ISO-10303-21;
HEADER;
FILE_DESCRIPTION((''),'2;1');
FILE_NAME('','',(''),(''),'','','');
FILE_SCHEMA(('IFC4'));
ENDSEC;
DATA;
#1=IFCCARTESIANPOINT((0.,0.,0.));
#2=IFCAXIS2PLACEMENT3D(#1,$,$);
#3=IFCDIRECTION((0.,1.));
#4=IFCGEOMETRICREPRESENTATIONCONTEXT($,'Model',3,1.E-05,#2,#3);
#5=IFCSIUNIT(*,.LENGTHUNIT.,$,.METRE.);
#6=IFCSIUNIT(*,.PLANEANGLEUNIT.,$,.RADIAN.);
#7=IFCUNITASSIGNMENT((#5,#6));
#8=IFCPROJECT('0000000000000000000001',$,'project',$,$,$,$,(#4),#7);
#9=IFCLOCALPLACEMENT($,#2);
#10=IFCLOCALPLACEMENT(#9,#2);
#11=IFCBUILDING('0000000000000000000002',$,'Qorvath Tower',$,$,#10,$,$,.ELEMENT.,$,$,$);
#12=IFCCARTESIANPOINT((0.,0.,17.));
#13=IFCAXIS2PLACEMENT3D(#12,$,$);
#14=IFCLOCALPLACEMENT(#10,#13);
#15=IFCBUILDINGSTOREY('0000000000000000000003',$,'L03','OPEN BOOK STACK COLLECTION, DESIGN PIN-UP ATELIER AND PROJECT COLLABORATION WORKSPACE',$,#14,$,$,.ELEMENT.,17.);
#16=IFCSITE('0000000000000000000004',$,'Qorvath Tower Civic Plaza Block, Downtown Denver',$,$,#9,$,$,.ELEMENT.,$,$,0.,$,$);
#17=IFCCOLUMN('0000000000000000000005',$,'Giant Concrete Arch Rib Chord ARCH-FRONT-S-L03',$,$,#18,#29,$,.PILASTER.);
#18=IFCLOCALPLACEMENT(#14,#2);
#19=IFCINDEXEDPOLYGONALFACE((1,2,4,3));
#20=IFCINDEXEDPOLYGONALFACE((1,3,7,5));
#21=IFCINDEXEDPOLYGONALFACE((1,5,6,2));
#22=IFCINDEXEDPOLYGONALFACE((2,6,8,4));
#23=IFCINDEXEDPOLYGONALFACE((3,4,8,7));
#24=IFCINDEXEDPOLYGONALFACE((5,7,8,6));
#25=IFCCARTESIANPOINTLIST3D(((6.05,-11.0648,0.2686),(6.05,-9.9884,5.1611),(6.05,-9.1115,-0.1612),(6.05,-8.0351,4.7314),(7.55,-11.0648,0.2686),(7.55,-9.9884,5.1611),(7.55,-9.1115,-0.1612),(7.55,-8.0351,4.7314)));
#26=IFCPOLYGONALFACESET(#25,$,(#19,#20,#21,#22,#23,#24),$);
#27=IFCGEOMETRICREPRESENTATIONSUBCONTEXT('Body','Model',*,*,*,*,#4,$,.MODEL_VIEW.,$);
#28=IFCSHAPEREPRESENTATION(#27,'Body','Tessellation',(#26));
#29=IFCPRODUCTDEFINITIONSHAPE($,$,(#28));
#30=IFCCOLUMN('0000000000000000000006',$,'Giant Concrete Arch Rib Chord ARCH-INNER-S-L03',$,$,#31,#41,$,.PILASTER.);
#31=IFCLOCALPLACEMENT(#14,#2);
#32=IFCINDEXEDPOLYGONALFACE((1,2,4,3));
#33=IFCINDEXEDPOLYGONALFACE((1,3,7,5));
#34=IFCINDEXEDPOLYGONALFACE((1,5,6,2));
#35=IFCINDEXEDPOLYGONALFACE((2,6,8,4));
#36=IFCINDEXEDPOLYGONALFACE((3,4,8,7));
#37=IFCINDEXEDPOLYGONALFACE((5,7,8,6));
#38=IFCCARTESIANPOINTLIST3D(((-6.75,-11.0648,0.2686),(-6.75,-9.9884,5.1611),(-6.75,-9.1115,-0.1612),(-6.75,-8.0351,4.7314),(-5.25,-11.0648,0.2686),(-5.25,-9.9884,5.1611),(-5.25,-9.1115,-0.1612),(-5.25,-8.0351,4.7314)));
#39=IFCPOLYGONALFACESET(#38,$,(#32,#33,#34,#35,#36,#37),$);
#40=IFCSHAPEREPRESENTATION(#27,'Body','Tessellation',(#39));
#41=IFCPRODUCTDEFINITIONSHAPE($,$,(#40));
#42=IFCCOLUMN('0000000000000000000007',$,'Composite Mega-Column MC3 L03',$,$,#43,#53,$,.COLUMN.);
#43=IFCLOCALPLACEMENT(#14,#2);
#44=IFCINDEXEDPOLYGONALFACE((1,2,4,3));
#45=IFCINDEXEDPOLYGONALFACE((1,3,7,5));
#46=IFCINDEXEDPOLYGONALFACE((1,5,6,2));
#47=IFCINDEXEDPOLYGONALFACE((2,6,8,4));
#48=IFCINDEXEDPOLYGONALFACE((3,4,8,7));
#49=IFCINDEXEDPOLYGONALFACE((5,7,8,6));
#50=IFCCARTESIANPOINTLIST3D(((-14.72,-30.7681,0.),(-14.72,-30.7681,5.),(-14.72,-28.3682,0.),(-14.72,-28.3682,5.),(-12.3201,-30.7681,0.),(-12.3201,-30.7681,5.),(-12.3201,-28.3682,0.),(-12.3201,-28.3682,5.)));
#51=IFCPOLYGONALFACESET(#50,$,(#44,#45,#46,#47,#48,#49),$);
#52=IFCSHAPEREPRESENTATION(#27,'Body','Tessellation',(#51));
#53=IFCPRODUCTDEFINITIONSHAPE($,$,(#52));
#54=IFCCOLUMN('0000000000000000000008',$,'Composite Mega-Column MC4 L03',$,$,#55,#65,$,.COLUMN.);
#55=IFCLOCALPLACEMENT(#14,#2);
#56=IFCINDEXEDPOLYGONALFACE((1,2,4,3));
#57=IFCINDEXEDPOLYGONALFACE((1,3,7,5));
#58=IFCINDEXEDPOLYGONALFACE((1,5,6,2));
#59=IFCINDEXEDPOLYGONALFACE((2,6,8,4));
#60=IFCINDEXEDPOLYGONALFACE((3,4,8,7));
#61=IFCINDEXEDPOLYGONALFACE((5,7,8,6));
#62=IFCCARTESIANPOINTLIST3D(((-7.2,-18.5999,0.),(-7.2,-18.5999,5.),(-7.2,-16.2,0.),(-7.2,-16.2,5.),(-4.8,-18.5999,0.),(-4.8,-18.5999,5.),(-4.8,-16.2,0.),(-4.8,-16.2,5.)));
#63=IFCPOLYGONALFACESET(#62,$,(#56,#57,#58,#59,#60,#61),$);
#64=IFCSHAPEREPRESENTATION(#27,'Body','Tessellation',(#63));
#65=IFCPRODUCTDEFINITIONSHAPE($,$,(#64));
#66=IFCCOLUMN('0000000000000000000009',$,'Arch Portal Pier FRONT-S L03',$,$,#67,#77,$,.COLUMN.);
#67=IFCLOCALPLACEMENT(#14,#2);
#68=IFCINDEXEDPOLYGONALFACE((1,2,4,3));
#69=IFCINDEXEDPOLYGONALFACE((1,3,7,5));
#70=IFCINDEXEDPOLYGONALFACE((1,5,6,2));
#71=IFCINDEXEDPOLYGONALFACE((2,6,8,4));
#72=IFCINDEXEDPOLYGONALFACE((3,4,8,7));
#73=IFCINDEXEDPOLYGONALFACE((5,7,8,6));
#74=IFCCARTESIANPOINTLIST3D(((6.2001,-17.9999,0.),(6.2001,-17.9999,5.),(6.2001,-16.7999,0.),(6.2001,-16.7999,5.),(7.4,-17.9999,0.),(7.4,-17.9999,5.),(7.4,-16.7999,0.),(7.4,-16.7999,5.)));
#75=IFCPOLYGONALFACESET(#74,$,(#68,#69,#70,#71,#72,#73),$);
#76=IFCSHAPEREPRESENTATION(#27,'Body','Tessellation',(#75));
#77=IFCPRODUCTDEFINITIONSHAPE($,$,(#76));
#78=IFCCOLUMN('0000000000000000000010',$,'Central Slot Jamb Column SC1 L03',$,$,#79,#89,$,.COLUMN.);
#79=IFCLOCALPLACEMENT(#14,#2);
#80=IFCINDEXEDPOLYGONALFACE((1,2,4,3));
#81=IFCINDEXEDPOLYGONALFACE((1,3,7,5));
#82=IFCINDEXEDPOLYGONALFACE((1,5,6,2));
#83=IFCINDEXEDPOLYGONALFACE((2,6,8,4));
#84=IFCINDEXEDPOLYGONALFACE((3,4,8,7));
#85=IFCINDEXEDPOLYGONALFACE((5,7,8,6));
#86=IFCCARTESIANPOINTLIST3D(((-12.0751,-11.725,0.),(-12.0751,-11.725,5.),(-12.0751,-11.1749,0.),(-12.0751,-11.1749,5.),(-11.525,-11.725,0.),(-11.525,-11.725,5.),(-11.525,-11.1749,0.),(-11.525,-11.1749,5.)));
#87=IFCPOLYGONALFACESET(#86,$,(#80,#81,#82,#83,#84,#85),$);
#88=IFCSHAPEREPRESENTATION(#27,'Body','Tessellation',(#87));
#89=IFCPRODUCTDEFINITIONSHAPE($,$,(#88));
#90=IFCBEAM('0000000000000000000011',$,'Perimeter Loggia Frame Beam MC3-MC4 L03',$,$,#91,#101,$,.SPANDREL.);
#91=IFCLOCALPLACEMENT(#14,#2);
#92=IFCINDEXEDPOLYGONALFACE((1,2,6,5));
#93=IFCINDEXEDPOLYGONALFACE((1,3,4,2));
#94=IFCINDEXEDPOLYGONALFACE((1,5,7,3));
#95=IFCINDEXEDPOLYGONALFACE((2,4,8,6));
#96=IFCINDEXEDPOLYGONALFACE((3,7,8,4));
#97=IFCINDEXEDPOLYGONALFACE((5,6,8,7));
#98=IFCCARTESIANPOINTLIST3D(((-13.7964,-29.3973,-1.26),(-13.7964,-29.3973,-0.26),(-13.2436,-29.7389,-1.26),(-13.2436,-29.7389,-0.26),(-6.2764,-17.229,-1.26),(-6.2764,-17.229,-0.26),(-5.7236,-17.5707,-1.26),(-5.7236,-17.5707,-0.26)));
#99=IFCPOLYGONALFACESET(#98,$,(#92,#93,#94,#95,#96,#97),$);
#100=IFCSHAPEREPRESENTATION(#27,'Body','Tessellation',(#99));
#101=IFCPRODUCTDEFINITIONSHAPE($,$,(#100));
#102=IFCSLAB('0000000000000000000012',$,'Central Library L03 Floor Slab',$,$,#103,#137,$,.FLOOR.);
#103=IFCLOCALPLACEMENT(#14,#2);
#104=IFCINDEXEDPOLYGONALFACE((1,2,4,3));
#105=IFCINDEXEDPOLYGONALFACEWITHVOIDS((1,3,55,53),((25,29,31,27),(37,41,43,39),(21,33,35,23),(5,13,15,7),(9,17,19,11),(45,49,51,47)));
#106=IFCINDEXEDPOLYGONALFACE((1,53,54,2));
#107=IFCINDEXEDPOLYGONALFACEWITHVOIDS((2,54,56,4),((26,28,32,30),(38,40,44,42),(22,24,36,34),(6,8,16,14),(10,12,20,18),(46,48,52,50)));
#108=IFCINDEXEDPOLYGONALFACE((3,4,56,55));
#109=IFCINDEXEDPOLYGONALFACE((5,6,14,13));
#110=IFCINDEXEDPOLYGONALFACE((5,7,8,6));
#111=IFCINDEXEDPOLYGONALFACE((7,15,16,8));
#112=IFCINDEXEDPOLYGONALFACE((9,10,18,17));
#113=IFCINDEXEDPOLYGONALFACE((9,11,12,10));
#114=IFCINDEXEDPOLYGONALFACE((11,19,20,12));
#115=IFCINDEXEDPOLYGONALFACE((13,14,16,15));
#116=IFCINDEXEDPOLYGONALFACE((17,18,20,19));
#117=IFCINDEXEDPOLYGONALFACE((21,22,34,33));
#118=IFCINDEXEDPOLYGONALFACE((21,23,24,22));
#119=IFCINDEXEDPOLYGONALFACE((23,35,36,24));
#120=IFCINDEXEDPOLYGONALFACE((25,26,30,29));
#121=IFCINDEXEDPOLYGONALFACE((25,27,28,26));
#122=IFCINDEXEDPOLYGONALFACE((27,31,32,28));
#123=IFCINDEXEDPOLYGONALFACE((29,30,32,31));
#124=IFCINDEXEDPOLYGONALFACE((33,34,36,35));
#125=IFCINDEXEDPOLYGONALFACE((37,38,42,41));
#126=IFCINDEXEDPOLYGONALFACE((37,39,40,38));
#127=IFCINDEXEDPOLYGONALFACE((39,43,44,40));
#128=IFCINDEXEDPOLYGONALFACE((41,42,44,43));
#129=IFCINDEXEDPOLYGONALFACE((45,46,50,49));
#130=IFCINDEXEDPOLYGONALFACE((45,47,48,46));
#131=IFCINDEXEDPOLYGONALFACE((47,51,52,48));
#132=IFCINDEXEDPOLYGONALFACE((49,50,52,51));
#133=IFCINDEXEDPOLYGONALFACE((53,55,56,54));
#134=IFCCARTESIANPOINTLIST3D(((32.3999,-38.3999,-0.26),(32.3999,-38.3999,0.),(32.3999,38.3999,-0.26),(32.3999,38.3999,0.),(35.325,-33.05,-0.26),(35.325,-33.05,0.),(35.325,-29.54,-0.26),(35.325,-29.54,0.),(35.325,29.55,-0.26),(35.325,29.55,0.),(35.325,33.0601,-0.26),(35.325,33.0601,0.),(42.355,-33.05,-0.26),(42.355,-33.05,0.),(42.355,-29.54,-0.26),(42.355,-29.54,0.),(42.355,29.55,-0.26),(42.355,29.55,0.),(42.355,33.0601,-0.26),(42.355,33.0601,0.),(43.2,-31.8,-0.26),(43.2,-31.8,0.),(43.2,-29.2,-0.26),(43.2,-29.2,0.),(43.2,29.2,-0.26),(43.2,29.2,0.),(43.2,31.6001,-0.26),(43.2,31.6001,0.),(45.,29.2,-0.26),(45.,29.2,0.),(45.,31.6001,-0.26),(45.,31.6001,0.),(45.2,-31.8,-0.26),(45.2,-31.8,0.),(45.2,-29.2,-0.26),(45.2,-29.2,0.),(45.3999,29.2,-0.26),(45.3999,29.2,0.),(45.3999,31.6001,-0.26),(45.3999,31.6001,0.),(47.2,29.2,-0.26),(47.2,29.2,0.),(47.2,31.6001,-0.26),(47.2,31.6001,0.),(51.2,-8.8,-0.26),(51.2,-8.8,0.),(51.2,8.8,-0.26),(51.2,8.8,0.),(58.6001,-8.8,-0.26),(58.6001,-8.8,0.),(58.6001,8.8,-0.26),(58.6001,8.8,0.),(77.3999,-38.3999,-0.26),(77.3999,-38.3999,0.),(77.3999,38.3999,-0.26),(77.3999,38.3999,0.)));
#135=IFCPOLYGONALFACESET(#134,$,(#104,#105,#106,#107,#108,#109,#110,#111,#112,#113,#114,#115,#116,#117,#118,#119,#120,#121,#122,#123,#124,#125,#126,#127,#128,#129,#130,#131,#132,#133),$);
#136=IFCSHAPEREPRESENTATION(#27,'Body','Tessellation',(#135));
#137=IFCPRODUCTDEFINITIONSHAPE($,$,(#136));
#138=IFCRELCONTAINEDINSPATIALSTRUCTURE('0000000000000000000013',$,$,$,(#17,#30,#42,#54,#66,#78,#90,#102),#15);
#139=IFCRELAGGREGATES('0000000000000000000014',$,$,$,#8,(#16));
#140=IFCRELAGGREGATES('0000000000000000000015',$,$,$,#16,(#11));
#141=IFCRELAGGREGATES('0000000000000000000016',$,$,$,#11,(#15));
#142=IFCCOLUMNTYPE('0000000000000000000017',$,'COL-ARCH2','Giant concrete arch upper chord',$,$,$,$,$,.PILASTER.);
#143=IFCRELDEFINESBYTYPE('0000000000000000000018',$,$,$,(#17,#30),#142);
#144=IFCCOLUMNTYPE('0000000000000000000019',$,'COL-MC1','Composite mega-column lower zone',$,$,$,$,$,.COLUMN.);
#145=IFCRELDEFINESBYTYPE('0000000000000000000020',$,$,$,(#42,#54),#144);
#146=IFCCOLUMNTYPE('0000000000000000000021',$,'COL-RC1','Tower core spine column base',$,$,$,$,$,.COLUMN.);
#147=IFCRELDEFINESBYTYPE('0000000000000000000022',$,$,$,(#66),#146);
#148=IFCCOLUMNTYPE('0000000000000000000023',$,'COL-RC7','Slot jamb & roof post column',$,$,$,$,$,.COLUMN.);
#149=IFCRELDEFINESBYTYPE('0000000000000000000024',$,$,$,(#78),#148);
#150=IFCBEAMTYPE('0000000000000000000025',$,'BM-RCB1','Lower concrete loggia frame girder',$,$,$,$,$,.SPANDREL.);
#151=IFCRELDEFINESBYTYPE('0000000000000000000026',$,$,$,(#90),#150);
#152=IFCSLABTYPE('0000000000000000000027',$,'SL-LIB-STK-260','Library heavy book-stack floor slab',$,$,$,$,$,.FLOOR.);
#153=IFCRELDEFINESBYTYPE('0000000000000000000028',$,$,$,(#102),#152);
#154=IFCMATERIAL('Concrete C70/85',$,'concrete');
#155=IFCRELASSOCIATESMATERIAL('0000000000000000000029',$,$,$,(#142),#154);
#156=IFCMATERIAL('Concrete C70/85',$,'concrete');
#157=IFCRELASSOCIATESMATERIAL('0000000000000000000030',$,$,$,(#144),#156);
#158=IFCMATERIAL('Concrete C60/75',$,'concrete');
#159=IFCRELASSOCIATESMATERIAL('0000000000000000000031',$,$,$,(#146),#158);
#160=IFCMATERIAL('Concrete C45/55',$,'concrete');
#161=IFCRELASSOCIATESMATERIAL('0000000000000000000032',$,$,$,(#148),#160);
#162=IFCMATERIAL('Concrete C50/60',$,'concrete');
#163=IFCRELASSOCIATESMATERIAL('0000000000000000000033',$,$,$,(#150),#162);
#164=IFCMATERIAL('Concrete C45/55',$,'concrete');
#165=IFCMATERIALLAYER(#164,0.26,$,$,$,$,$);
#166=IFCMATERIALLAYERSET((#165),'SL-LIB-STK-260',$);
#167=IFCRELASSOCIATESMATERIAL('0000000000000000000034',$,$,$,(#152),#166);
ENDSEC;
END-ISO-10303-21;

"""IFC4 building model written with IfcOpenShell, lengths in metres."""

from ifc_helpers import new_model, si_unit, direction, frame, origin, origin_2d, place, context, subcontext, project, spatial, polyline, rectangle, outline, extrude, material, layer, layer_set, material_profile, profile_set, type_object, element, save


model = new_model("IFC4")

# Units and contexts
model_context = context("Model", 3, precision=1e-05, world=origin(), true_north=direction((0.0, 1.0)))
body_context = subcontext(model_context, "Body", "Model", "MODEL_VIEW")
ifc_project = project(units=[si_unit("LENGTHUNIT", "METRE"), si_unit("PLANEANGLEUNIT", "RADIAN")], contexts=[model_context])

# Site, building, storey
site_placement = place(None, origin())
site = spatial("IfcSite", under=ifc_project, at=site_placement, Name="Qorvath Tower Civic Plaza Block, Downtown Denver", CompositionType="ELEMENT", RefElevation=0.0)
building_placement = place(site_placement, origin())
building = spatial("IfcBuilding", under=site, at=building_placement, Name="Qorvath Tower", CompositionType="ELEMENT")
storey_placement = place(building_placement, frame((0.0, 0.0, 17.0)))
storey = spatial("IfcBuildingStorey", under=building, at=storey_placement, Name="L03", Description="OPEN BOOK STACK COLLECTION, DESIGN PIN-UP ATELIER AND PROJECT COLLABORATION WORKSPACE", CompositionType="ELEMENT", Elevation=17.0)

# Columns
ifc_material_1 = material(Name="Concrete C70/85", Category="concrete")
ifc_material_profile_1 = material_profile(ifc_material_1, rectangle(XDim=1.5, YDim=2.0, at=origin_2d()), Name="ARCH 2000x1500")
ifc_profile_set_1 = profile_set([ifc_material_profile_1], Name="Concrete C70/85")
column_type_1 = type_object("IfcColumnType", Name="COL-ARCH2", Description="Giant concrete arch upper chord", PredefinedType="PILASTER", material=ifc_profile_set_1)
for number, where, z_axis, x_axis, name in (
    (1, (6.8, -10.0881, 0.0537), (0.0, 0.214871, 0.976642), (-1.0, 0.0, 0.0), "Giant Concrete Arch Rib Chord ARCH-FRONT-S-L03"),
    (2, (-6.0, -10.0881, 0.0537), (0.0, 0.214871, 0.976642), (-1.0, 0.0, 0.0), "Giant Concrete Arch Rib Chord ARCH-INNER-S-L03"),
):
    element("IfcColumn", number, at=place(storey_placement, frame(where, z_axis=z_axis, x_axis=x_axis)), inside=storey, type_object=column_type_1, Name=name, PredefinedType="PILASTER", context=body_context, shape_type="SweptSolid", body=[
        extrude(rectangle(XDim=1.5, YDim=2.0, at=origin_2d()), origin(), (0.0, 0.0, 1.0), 5.0095),
    ])
ifc_material_2 = material(Name="Concrete C70/85", Category="concrete")
ifc_material_profile_2 = material_profile(ifc_material_2, rectangle(XDim=2.3999, YDim=2.3999, at=origin_2d()), Name="MC 2400x2400")
ifc_profile_set_2 = profile_set([ifc_material_profile_2], Name="Concrete C70/85")
column_type_2 = type_object("IfcColumnType", Name="COL-MC1", Description="Composite mega-column lower zone", PredefinedType="COLUMN", material=ifc_profile_set_2)
for number, where, z_axis, x_axis, name in (
    (3, (-13.52, -29.5681, 0.0), (0.0, 0.0, 1.0), (1.0, 0.0, 0.0), "Composite Mega-Column MC3 L03"),
    (4, (-6.0, -17.3999, 0.0), (0.0, 0.0, 1.0), (1.0, 0.0, 0.0), "Composite Mega-Column MC4 L03"),
):
    element("IfcColumn", number, at=place(storey_placement, frame(where, z_axis=z_axis, x_axis=x_axis)), inside=storey, type_object=column_type_2, Name=name, PredefinedType="COLUMN", context=body_context, shape_type="SweptSolid", body=[
        extrude(rectangle(XDim=2.3999, YDim=2.3999, at=origin_2d()), origin(), (0.0, 0.0, 1.0), 5.0),
    ])
ifc_material_3 = material(Name="Concrete C60/75", Category="concrete")
ifc_material_profile_3 = material_profile(ifc_material_3, rectangle(XDim=1.2, YDim=1.2, at=origin_2d()), Name="RC 1200x1200")
ifc_profile_set_3 = profile_set([ifc_material_profile_3], Name="Concrete C60/75")
column_type_3 = type_object("IfcColumnType", Name="COL-RC1", Description="Tower core spine column base", PredefinedType="COLUMN", material=ifc_profile_set_3)
column_1_placement = place(storey_placement, frame((6.8, -17.3999, 0.0), z_axis=(0.0, 0.0, 1.0), x_axis=(1.0, 0.0, 0.0)))
element("IfcColumn", 5, at=column_1_placement, inside=storey, type_object=column_type_3, Name="Arch Portal Pier FRONT-S L03", PredefinedType="COLUMN", context=body_context, shape_type="SweptSolid", body=[
    extrude(rectangle(XDim=1.2, YDim=1.2, at=origin_2d()), origin(), (0.0, 0.0, 1.0), 5.0),
])
ifc_material_4 = material(Name="Concrete C45/55", Category="concrete")
ifc_material_profile_4 = material_profile(ifc_material_4, rectangle(XDim=0.55, YDim=0.55, at=origin_2d()), Name="RC 550x550")
ifc_profile_set_4 = profile_set([ifc_material_profile_4], Name="Concrete C45/55")
column_type_4 = type_object("IfcColumnType", Name="COL-RC7", Description="Slot jamb & roof post column", PredefinedType="COLUMN", material=ifc_profile_set_4)
column_2_placement = place(storey_placement, frame((-11.8, -11.45, 0.0), z_axis=(0.0, 0.0, 1.0), x_axis=(1.0, 0.0, 0.0)))
element("IfcColumn", 6, at=column_2_placement, inside=storey, type_object=column_type_4, Name="Central Slot Jamb Column SC1 L03", PredefinedType="COLUMN", context=body_context, shape_type="SweptSolid", body=[
    extrude(rectangle(XDim=0.55, YDim=0.55, at=origin_2d()), origin(), (0.0, 0.0, 1.0), 5.0),
])

# Beam
ifc_material_5 = material(Name="Concrete C50/60", Category="concrete")
ifc_material_profile_5 = material_profile(ifc_material_5, rectangle(XDim=0.6499, YDim=1.0, at=origin_2d()), Name="RCB 1000x650")
ifc_profile_set_5 = profile_set([ifc_material_profile_5], Name="Concrete C50/60")
beam_type = type_object("IfcBeamType", Name="BM-RCB1", Description="Lower concrete loggia frame girder", PredefinedType="SPANDREL", material=ifc_profile_set_5)
beam_placement = place(storey_placement, frame((-13.52, -29.5681, -0.76), z_axis=(0.525713, 0.850662, 0.0), x_axis=(-0.850662, 0.525713, 0.0)))
element("IfcBeam", 7, at=beam_placement, inside=storey, type_object=beam_type, Name="Perimeter Loggia Frame Beam MC3-MC4 L03", PredefinedType="SPANDREL", context=body_context, shape_type="SweptSolid", body=[
    extrude(rectangle(XDim=0.6499, YDim=1.0, at=origin_2d()), origin(), (0.0, 0.0, 1.0), 14.3044),
])

# Slab
ifc_material_6 = material(Name="Concrete C45/55", Category="concrete")
ifc_layer_1 = layer(ifc_material_6, 0.26)
ifc_layer_set_1 = layer_set([ifc_layer_1], Name="SL-LIB-STK-260")
slab_type_1 = type_object("IfcSlabType", Name="SL-LIB-STK-260", Description="Library heavy book-stack floor slab", PredefinedType="FLOOR", material=ifc_layer_set_1)
slab_1_placement = place(storey_placement, frame((0.0, 0.0, -0.26)))
element("IfcSlab", 8, at=slab_1_placement, inside=storey, type_object=slab_type_1, Name="Central Library L03 Floor Slab", PredefinedType="FLOOR", context=body_context, shape_type="SweptSolid", body=[
    extrude(outline(polyline([(77.3999, -38.3999), (77.3999, 38.3999), (32.3999, 38.3999), (32.3999, -38.3999), (77.3999, -38.3999)]), holes=[polyline([(58.6001, -8.8), (51.2, -8.8), (51.2, 8.8), (58.6001, 8.8), (58.6001, -8.8)]), polyline([(47.2, 29.2), (45.3999, 29.2), (45.3999, 31.6001), (47.2, 31.6001), (47.2, 29.2)]), polyline([(45.2, -31.8), (43.2, -31.8), (43.2, -29.2), (45.2, -29.2), (45.2, -31.8)]), polyline([(45.0, 31.6001), (45.0, 29.2), (43.2, 29.2), (43.2, 31.6001), (45.0, 31.6001)]), polyline([(42.355, -29.54), (42.355, -33.05), (35.325, -33.05), (35.325, -29.54), (42.355, -29.54)]), polyline([(42.355, 29.55), (35.325, 29.55), (35.325, 33.0601), (42.355, 33.0601), (42.355, 29.55)])]), origin(), (0.0, 0.0, 1.0), 0.26),
])

save(model, "model.ifc")
